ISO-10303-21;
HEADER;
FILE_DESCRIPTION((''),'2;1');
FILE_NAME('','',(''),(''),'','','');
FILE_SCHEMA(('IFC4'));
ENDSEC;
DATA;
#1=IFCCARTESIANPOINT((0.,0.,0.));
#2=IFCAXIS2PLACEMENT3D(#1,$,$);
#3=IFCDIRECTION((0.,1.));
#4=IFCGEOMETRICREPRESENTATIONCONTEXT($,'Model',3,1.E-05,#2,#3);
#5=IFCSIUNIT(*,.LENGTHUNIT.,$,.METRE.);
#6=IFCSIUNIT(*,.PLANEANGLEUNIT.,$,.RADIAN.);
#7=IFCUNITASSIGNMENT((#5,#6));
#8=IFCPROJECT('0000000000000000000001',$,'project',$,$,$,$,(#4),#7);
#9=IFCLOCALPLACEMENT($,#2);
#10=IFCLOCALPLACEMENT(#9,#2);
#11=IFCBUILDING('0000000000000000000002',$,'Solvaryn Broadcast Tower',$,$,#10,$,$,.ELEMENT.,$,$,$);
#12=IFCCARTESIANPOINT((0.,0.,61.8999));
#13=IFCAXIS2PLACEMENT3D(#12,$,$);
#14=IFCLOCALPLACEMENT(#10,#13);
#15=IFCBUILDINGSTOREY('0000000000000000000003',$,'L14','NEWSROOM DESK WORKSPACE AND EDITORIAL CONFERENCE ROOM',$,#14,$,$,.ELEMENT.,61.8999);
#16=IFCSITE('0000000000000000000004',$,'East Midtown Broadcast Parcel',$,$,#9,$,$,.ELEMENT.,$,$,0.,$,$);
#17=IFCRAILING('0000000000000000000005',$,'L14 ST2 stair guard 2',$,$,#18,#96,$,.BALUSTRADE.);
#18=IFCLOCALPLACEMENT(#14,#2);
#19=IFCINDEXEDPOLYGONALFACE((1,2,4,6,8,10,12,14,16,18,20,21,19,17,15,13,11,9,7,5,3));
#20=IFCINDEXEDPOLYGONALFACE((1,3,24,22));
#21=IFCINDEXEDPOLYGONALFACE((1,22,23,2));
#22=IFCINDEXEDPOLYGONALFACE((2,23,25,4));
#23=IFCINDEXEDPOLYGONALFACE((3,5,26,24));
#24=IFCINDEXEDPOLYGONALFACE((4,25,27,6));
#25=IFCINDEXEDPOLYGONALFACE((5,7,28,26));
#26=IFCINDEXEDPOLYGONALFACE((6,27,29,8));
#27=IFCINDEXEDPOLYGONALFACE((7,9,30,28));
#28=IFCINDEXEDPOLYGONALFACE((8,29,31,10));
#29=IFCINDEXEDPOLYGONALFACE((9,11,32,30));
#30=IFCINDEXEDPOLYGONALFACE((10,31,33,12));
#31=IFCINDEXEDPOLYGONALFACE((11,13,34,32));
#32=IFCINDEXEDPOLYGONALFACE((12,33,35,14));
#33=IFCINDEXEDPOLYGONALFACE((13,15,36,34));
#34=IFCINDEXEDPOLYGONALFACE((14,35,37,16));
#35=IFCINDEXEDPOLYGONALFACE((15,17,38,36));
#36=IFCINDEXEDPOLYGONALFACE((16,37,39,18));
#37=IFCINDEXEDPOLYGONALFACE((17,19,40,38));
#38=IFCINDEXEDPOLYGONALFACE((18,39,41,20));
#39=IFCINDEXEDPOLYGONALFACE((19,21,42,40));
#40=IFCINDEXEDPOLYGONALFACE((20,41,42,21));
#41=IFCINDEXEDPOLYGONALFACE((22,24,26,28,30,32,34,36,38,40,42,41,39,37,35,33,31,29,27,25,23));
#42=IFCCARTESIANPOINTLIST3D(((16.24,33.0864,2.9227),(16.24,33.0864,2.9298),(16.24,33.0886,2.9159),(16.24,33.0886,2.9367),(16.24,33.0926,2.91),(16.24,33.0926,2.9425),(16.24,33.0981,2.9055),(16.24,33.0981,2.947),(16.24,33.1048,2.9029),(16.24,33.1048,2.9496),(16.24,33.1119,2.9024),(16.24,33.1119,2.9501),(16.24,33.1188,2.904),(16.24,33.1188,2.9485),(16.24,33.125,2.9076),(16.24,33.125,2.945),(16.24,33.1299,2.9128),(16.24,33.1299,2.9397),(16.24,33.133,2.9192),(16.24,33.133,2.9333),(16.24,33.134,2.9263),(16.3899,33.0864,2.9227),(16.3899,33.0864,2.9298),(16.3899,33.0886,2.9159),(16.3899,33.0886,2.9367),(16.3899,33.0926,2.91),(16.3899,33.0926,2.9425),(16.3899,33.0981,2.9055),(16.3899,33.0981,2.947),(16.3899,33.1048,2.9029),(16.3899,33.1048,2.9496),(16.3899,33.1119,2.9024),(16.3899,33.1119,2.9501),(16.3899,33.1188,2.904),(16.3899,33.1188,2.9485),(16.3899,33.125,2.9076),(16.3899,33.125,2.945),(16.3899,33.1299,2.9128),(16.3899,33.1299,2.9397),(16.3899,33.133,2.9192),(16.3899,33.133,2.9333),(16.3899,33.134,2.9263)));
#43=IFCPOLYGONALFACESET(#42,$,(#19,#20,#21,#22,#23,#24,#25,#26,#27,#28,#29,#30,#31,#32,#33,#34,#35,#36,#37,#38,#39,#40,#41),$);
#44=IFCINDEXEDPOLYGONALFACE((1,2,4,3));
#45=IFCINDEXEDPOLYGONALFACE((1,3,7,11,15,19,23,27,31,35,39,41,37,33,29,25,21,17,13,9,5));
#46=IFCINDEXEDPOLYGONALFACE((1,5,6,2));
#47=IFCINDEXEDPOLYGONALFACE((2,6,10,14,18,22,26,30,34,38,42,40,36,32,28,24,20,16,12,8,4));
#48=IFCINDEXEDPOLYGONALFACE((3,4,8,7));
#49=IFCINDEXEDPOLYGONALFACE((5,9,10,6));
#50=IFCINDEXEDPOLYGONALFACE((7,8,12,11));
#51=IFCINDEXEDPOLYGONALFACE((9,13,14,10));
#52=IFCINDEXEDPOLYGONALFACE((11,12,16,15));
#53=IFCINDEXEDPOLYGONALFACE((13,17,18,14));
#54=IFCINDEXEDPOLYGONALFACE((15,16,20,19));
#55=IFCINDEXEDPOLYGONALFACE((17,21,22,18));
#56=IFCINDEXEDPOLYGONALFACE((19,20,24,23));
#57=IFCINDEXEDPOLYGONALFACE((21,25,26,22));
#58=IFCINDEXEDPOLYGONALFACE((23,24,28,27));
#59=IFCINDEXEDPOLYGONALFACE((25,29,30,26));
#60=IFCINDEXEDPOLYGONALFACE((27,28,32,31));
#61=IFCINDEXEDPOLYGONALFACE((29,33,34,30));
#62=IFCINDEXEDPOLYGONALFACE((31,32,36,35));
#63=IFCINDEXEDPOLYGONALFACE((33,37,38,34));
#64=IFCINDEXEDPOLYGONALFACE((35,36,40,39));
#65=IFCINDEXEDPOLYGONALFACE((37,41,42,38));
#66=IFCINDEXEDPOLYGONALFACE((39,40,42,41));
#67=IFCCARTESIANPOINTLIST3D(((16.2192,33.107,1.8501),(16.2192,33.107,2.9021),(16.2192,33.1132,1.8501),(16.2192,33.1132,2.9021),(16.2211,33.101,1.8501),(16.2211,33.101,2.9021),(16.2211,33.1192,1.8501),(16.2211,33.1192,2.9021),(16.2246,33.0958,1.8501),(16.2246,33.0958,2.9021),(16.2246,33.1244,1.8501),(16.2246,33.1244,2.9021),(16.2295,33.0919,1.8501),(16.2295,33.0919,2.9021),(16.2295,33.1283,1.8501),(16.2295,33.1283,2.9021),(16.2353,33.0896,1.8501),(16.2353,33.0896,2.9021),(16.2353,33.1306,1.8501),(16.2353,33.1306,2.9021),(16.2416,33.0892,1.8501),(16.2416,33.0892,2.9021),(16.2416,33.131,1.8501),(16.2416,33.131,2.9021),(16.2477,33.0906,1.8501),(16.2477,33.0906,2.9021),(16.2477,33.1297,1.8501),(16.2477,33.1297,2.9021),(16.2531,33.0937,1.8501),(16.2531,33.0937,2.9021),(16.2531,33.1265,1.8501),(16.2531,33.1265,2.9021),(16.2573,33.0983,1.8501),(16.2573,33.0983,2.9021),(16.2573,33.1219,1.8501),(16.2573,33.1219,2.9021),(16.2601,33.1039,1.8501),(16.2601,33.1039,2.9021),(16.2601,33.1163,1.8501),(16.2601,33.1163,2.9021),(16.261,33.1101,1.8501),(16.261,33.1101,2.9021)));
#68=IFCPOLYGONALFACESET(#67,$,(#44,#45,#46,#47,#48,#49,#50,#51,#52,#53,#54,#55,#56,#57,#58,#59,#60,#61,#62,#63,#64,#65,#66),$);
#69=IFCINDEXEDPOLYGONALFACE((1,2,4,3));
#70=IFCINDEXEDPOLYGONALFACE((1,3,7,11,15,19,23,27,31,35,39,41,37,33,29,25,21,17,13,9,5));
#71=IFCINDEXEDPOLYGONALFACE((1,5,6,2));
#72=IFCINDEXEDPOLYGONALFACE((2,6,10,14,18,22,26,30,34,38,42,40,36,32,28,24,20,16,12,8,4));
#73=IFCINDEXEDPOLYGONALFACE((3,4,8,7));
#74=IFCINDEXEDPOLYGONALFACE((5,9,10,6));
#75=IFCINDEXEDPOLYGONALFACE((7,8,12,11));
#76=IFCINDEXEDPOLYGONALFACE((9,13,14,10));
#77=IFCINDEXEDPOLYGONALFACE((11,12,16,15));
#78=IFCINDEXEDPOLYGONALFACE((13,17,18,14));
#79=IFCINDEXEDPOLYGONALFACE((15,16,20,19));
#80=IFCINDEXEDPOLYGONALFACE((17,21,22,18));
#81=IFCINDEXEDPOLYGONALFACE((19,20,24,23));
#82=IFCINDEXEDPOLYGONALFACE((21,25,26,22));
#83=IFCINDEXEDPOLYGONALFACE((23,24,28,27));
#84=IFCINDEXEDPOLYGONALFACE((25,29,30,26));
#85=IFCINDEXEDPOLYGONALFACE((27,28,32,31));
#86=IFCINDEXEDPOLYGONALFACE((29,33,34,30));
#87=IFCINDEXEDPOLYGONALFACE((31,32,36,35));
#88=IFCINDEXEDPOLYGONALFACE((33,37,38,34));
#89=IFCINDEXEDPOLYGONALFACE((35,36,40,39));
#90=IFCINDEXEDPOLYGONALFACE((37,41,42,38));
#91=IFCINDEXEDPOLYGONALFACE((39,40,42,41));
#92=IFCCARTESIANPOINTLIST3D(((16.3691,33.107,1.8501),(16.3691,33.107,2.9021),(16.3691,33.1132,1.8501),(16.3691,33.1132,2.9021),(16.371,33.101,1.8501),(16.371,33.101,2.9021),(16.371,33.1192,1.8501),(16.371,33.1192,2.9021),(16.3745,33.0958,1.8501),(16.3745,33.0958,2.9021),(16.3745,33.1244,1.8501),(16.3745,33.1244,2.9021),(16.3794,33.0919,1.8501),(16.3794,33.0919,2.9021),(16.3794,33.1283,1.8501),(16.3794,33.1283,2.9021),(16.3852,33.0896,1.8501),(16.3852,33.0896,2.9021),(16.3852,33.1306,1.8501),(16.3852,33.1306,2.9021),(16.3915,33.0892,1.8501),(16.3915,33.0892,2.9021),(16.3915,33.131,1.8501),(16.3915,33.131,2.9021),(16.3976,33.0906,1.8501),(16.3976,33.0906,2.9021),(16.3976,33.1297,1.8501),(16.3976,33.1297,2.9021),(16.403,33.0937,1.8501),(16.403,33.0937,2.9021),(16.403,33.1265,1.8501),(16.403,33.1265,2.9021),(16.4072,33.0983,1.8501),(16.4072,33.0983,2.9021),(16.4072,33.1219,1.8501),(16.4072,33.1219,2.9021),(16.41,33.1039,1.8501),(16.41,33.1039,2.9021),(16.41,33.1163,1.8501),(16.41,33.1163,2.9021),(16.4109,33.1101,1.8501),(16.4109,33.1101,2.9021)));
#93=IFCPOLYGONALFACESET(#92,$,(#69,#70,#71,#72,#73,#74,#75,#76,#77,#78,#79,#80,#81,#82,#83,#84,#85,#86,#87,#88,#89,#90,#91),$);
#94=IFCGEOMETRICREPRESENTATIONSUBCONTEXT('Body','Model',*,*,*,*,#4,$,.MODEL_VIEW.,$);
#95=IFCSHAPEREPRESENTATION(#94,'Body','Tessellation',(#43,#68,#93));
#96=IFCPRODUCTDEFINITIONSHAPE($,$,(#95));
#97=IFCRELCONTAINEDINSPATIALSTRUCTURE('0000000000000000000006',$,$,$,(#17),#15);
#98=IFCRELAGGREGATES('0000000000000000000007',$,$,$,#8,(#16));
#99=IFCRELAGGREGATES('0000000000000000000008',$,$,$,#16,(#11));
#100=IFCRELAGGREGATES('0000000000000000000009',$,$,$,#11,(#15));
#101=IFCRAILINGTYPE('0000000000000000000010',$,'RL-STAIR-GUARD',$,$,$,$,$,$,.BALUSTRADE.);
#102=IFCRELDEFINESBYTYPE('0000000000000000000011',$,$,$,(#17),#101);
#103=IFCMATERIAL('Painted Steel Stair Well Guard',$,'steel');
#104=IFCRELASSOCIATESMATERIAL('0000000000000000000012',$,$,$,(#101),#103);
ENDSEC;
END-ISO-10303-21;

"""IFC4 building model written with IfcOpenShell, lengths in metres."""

from ifc_helpers import new_model, si_unit, direction, frame, origin, origin_2d, place, context, subcontext, project, spatial, circle, extrude, material, type_object, element, save


model = new_model("IFC4")

# Units and contexts
model_context = context("Model", 3, precision=1e-05, world=origin(), true_north=direction((0.0, 1.0)))
body_context = subcontext(model_context, "Body", "Model", "MODEL_VIEW")
ifc_project = project(units=[si_unit("LENGTHUNIT", "METRE"), si_unit("PLANEANGLEUNIT", "RADIAN")], contexts=[model_context])

# Site, building, storey
site_placement = place(None, origin())
site = spatial("IfcSite", under=ifc_project, at=site_placement, Name="East Midtown Broadcast Parcel", CompositionType="ELEMENT", RefElevation=0.0)
building_placement = place(site_placement, origin())
building = spatial("IfcBuilding", under=site, at=building_placement, Name="Solvaryn Broadcast Tower", CompositionType="ELEMENT")
storey_placement = place(building_placement, frame((0.0, 0.0, 61.8999)))
storey = spatial("IfcBuildingStorey", under=building, at=storey_placement, Name="L14", Description="NEWSROOM DESK WORKSPACE AND EDITORIAL CONFERENCE ROOM", CompositionType="ELEMENT", Elevation=61.8999)

# Railing
ifc_material_1 = material(Name="Painted Steel Stair Well Guard", Category="steel")
railing_type_1 = type_object("IfcRailingType", Name="RL-STAIR-GUARD", PredefinedType="BALUSTRADE", material=ifc_material_1)
railing_1_placement = place(storey_placement, frame((16.24, 33.1101, 1.8501)))
element("IfcRailing", 1, at=railing_1_placement, inside=storey, type_object=railing_type_1, Name="L14 ST2 stair guard 2", PredefinedType="BALUSTRADE", context=body_context, shape_type="SweptSolid", body=[
    extrude(circle(Radius=0.0239, at=origin_2d()), frame((0.0, 0.0, 1.0762), z_axis=(1.0, 0.0, 0.0), x_axis=(0.0, 1.0, 0.0)), (0.0, 0.0, 1.0), 0.1499),
    extrude(circle(Radius=0.021, at=origin_2d()), origin(), (0.0, 0.0, 1.0), 1.052),
    extrude(circle(Radius=0.021, at=origin_2d()), frame((0.1499, 0.0, 0.0)), (0.0, 0.0, 1.0), 1.052),
])

save(model, "model.ifc")
